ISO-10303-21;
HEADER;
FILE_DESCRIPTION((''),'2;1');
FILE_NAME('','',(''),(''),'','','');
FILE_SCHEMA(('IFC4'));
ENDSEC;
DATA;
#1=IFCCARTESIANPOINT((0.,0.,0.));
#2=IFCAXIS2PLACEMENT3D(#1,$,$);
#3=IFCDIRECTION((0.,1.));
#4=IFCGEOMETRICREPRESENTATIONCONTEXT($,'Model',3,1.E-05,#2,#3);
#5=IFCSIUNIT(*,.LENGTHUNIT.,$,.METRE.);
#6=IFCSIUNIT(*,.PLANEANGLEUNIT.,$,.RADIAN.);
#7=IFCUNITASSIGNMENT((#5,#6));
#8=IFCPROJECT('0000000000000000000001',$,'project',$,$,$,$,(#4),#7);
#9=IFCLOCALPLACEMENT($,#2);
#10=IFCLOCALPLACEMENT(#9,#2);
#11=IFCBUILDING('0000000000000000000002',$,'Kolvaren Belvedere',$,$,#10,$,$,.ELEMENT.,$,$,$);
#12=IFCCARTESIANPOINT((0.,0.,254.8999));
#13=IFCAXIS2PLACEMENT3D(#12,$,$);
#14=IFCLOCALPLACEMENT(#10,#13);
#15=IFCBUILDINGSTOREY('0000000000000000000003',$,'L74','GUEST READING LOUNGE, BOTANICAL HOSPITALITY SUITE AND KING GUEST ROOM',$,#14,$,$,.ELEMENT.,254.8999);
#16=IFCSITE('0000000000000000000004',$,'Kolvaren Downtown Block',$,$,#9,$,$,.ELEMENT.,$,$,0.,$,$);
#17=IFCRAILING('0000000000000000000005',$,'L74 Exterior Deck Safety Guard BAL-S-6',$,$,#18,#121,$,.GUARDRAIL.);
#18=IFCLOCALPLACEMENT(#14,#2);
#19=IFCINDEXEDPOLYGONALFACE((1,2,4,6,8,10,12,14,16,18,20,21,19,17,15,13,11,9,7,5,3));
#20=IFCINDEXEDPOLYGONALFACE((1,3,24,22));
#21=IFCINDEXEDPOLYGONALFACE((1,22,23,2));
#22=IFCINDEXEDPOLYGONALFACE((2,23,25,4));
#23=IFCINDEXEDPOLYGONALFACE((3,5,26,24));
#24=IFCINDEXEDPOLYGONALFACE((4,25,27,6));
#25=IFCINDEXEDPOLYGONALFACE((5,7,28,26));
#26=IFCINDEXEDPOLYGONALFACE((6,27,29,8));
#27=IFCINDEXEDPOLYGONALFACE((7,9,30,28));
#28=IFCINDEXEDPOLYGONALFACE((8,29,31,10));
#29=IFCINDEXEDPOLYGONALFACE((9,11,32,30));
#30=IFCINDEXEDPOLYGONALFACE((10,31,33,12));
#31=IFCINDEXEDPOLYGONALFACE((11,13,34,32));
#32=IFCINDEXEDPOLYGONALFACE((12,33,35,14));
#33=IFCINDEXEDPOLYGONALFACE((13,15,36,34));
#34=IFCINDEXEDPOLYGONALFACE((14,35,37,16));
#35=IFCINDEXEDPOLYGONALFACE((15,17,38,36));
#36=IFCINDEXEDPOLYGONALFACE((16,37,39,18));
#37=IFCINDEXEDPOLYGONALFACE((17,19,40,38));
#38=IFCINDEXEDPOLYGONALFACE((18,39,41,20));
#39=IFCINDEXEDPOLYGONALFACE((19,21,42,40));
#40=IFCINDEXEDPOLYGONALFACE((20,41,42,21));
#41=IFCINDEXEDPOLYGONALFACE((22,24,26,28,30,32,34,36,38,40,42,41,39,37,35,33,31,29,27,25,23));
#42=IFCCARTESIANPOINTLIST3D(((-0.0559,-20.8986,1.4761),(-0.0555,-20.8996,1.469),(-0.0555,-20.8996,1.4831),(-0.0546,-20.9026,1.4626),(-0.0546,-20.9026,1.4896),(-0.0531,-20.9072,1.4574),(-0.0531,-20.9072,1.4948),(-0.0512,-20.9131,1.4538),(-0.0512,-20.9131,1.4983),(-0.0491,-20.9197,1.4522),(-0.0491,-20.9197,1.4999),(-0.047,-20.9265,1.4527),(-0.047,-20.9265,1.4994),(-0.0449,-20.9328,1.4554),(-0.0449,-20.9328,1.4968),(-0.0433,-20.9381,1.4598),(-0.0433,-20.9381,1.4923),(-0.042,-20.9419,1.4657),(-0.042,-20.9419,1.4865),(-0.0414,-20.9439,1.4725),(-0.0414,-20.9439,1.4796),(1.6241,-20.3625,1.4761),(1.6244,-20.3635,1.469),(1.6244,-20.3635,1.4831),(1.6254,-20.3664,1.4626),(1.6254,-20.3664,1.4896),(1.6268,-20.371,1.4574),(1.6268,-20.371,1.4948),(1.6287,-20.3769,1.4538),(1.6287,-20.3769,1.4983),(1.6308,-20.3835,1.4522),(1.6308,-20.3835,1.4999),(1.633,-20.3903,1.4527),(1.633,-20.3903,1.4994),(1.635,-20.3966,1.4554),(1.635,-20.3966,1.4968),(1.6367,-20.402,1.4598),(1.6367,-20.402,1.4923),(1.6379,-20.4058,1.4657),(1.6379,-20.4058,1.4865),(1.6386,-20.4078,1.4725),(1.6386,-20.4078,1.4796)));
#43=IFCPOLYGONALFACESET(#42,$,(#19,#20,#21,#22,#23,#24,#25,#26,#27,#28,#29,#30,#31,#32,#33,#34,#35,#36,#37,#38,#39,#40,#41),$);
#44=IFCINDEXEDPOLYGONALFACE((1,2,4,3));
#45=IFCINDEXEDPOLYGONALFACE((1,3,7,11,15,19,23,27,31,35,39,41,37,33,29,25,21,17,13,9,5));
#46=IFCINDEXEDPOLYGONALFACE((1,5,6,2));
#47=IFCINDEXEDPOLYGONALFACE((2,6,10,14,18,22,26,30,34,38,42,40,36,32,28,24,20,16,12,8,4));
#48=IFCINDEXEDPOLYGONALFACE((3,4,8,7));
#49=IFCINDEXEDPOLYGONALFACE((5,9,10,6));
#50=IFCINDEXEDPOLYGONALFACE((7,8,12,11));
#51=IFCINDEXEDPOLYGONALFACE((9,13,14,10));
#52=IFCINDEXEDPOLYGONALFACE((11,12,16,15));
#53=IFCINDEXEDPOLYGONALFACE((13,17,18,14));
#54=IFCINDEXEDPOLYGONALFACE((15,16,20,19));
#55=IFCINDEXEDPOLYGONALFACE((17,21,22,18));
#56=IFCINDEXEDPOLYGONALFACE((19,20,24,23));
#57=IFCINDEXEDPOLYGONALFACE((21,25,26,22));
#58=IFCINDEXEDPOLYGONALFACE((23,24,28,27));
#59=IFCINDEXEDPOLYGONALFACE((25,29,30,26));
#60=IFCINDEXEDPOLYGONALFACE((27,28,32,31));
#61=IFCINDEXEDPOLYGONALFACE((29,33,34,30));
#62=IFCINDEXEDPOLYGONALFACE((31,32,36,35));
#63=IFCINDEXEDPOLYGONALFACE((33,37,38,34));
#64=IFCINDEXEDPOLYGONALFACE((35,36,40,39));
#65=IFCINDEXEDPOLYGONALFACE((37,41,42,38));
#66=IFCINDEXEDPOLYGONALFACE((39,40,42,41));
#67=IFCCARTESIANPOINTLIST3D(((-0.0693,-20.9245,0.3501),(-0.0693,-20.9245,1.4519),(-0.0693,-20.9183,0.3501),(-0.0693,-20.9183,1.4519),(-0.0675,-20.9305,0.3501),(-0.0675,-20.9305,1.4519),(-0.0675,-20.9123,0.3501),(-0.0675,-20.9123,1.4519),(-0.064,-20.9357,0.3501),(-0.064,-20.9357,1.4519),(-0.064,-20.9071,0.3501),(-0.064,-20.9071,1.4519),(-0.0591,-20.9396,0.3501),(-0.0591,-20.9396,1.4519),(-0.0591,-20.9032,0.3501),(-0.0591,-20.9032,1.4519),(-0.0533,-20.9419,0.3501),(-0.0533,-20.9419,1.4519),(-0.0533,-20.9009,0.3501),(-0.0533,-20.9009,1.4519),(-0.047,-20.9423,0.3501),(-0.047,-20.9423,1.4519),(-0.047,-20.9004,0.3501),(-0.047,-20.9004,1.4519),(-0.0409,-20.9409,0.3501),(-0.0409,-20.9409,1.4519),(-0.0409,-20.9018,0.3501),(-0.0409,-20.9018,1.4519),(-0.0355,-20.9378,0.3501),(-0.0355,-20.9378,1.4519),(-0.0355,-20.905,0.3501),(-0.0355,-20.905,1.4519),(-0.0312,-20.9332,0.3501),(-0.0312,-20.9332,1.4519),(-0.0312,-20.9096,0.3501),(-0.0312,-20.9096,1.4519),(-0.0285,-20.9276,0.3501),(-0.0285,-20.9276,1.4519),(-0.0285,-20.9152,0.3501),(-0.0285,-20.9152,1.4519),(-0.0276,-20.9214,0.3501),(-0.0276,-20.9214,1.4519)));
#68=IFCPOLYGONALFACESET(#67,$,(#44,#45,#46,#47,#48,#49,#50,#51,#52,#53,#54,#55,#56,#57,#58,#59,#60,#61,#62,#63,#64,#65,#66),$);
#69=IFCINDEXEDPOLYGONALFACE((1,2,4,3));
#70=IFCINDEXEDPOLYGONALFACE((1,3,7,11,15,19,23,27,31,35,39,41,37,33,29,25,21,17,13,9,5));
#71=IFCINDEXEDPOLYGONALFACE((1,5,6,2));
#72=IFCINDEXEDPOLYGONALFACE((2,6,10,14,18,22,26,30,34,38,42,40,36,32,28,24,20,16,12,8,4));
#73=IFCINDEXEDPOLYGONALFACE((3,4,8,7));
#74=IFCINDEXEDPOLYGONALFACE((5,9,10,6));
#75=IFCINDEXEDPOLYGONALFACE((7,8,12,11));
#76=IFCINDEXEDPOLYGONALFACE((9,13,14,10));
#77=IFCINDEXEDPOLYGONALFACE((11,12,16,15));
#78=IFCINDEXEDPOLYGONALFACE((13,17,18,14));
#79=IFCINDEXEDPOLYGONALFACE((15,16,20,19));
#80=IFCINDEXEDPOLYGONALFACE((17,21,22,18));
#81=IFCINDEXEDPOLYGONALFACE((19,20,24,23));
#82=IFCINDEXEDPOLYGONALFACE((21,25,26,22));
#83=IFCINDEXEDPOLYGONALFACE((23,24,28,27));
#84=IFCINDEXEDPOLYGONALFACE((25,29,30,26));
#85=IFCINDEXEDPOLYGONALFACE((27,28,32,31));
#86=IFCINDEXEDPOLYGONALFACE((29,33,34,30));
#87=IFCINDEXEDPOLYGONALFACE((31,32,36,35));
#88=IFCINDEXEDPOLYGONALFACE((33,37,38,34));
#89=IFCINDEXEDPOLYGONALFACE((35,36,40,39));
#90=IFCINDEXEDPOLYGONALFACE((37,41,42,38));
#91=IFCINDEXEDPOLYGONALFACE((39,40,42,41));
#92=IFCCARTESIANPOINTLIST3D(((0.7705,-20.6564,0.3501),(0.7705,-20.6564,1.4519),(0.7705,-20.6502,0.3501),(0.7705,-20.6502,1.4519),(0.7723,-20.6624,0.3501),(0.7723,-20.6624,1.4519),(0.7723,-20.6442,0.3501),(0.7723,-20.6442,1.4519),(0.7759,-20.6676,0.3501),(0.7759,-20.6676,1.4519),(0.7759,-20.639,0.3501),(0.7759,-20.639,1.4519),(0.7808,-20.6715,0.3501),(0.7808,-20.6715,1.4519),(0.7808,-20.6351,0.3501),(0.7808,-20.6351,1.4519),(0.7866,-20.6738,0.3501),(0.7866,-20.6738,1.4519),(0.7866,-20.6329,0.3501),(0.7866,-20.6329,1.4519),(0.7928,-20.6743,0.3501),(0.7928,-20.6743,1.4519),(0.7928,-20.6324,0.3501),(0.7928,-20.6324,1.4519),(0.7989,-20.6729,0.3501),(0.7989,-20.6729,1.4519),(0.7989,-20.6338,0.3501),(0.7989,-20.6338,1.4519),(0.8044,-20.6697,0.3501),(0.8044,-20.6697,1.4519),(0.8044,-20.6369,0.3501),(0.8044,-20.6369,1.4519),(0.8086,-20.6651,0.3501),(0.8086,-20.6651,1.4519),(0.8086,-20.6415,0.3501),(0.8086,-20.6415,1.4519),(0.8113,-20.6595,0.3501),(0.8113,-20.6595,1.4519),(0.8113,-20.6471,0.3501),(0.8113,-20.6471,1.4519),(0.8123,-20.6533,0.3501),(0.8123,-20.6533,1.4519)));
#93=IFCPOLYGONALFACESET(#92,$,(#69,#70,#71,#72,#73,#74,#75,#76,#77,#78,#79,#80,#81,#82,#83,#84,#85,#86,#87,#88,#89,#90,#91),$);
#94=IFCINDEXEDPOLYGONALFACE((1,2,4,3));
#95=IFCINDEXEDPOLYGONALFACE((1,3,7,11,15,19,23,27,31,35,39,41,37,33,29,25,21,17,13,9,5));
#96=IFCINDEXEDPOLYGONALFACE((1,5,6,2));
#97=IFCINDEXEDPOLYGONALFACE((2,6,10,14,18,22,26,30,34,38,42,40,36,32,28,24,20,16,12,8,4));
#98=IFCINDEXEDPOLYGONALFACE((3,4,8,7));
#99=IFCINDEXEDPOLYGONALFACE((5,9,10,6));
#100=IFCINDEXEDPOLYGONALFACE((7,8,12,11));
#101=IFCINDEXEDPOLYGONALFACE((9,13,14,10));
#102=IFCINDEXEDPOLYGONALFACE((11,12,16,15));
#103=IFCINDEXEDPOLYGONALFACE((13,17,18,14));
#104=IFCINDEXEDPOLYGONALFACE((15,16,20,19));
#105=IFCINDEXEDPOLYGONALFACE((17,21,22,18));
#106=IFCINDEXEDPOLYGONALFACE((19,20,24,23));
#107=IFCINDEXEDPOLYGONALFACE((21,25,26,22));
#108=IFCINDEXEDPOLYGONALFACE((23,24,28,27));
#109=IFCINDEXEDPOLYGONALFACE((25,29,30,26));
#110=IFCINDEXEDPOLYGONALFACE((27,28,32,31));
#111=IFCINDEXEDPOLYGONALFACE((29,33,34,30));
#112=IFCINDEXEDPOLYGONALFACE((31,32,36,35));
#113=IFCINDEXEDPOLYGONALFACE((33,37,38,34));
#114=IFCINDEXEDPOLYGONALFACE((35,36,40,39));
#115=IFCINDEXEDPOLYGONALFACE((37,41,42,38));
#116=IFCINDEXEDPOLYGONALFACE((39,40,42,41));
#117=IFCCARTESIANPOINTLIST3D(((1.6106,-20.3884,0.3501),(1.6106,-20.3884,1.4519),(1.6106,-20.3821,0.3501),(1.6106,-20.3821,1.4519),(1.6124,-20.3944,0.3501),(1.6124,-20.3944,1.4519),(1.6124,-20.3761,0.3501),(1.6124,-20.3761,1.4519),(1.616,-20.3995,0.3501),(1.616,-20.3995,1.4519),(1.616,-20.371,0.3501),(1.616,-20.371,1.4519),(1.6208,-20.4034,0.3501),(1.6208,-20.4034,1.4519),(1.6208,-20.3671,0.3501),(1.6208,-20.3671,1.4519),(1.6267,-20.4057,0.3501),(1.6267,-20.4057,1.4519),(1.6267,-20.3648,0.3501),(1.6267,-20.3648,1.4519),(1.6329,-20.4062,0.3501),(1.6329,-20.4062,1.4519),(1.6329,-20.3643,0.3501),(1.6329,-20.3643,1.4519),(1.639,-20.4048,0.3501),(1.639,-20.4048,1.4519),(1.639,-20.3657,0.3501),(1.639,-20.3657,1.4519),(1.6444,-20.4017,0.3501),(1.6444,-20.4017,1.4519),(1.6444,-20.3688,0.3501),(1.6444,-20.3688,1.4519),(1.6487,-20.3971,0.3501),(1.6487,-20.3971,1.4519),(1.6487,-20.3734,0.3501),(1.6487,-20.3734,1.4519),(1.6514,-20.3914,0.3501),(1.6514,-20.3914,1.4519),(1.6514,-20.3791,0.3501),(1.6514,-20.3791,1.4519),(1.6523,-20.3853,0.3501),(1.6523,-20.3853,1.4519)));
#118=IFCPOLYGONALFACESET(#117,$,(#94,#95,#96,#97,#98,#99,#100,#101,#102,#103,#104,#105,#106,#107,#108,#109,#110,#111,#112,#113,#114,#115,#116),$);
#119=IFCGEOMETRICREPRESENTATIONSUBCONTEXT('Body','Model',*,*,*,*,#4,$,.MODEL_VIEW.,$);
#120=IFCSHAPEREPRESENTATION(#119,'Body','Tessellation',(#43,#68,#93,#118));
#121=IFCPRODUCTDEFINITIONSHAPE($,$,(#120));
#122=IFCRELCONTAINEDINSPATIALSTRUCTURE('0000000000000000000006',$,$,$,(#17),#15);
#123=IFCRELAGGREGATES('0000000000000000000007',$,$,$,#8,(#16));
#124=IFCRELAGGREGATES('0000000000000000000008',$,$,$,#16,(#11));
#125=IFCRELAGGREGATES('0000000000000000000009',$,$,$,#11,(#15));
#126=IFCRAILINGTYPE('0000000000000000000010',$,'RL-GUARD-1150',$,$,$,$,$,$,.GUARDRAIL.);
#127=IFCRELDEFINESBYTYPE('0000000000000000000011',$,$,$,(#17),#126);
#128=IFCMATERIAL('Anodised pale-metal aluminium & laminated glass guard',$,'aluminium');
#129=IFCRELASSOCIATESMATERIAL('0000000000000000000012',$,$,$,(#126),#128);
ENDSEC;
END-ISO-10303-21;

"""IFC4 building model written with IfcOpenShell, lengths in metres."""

from ifc_helpers import new_model, si_unit, direction, frame, origin, origin_2d, place, context, subcontext, project, spatial, circle, extrude, material, type_object, element, save


model = new_model("IFC4")

# Units and contexts
model_context = context("Model", 3, precision=1e-05, world=origin(), true_north=direction((0.0, 1.0)))
body_context = subcontext(model_context, "Body", "Model", "MODEL_VIEW")
ifc_project = project(units=[si_unit("LENGTHUNIT", "METRE"), si_unit("PLANEANGLEUNIT", "RADIAN")], contexts=[model_context])

# Site, building, storey
site_placement = place(None, origin())
site = spatial("IfcSite", under=ifc_project, at=site_placement, Name="Kolvaren Downtown Block", CompositionType="ELEMENT", RefElevation=0.0)
building_placement = place(site_placement, origin())
building = spatial("IfcBuilding", under=site, at=building_placement, Name="Kolvaren Belvedere", CompositionType="ELEMENT")
storey_placement = place(building_placement, frame((0.0, 0.0, 254.8999)))
storey = spatial("IfcBuildingStorey", under=building, at=storey_placement, Name="L74", Description="GUEST READING LOUNGE, BOTANICAL HOSPITALITY SUITE AND KING GUEST ROOM", CompositionType="ELEMENT", Elevation=254.8999)

# Railing
ifc_material_1 = material(Name="Anodised pale-metal aluminium & laminated glass guard", Category="aluminium")
railing_type = type_object("IfcRailingType", Name="RL-GUARD-1150", PredefinedType="GUARDRAIL", material=ifc_material_1)
railing_1_placement = place(storey_placement, frame((-0.0486, -20.9214, 0.3501)))
element("IfcRailing", 1, at=railing_1_placement, inside=storey, type_object=railing_type, Name="L74 Exterior Deck Safety Guard BAL-S-6", PredefinedType="GUARDRAIL", context=body_context, shape_type="SweptSolid", body=[
    extrude(circle(Radius=0.0239, at=origin_2d()), frame((0.0, 0.0, 1.126), z_axis=(0.952662, 0.304032, 0.0), x_axis=(-0.304032, 0.952662, 0.0)), (0.0, 0.0, 1.0), 1.7634),
    extrude(circle(Radius=0.021, at=origin_2d()), origin(), (0.0, 0.0, 1.0), 1.1018),
    extrude(circle(Radius=0.021, at=origin_2d()), frame((0.8398, 0.2681, 0.0)), (0.0, 0.0, 1.0), 1.1018),
    extrude(circle(Radius=0.021, at=origin_2d()), frame((1.6799, 0.5361, 0.0)), (0.0, 0.0, 1.0), 1.1018),
])

save(model, "model.ifc")
